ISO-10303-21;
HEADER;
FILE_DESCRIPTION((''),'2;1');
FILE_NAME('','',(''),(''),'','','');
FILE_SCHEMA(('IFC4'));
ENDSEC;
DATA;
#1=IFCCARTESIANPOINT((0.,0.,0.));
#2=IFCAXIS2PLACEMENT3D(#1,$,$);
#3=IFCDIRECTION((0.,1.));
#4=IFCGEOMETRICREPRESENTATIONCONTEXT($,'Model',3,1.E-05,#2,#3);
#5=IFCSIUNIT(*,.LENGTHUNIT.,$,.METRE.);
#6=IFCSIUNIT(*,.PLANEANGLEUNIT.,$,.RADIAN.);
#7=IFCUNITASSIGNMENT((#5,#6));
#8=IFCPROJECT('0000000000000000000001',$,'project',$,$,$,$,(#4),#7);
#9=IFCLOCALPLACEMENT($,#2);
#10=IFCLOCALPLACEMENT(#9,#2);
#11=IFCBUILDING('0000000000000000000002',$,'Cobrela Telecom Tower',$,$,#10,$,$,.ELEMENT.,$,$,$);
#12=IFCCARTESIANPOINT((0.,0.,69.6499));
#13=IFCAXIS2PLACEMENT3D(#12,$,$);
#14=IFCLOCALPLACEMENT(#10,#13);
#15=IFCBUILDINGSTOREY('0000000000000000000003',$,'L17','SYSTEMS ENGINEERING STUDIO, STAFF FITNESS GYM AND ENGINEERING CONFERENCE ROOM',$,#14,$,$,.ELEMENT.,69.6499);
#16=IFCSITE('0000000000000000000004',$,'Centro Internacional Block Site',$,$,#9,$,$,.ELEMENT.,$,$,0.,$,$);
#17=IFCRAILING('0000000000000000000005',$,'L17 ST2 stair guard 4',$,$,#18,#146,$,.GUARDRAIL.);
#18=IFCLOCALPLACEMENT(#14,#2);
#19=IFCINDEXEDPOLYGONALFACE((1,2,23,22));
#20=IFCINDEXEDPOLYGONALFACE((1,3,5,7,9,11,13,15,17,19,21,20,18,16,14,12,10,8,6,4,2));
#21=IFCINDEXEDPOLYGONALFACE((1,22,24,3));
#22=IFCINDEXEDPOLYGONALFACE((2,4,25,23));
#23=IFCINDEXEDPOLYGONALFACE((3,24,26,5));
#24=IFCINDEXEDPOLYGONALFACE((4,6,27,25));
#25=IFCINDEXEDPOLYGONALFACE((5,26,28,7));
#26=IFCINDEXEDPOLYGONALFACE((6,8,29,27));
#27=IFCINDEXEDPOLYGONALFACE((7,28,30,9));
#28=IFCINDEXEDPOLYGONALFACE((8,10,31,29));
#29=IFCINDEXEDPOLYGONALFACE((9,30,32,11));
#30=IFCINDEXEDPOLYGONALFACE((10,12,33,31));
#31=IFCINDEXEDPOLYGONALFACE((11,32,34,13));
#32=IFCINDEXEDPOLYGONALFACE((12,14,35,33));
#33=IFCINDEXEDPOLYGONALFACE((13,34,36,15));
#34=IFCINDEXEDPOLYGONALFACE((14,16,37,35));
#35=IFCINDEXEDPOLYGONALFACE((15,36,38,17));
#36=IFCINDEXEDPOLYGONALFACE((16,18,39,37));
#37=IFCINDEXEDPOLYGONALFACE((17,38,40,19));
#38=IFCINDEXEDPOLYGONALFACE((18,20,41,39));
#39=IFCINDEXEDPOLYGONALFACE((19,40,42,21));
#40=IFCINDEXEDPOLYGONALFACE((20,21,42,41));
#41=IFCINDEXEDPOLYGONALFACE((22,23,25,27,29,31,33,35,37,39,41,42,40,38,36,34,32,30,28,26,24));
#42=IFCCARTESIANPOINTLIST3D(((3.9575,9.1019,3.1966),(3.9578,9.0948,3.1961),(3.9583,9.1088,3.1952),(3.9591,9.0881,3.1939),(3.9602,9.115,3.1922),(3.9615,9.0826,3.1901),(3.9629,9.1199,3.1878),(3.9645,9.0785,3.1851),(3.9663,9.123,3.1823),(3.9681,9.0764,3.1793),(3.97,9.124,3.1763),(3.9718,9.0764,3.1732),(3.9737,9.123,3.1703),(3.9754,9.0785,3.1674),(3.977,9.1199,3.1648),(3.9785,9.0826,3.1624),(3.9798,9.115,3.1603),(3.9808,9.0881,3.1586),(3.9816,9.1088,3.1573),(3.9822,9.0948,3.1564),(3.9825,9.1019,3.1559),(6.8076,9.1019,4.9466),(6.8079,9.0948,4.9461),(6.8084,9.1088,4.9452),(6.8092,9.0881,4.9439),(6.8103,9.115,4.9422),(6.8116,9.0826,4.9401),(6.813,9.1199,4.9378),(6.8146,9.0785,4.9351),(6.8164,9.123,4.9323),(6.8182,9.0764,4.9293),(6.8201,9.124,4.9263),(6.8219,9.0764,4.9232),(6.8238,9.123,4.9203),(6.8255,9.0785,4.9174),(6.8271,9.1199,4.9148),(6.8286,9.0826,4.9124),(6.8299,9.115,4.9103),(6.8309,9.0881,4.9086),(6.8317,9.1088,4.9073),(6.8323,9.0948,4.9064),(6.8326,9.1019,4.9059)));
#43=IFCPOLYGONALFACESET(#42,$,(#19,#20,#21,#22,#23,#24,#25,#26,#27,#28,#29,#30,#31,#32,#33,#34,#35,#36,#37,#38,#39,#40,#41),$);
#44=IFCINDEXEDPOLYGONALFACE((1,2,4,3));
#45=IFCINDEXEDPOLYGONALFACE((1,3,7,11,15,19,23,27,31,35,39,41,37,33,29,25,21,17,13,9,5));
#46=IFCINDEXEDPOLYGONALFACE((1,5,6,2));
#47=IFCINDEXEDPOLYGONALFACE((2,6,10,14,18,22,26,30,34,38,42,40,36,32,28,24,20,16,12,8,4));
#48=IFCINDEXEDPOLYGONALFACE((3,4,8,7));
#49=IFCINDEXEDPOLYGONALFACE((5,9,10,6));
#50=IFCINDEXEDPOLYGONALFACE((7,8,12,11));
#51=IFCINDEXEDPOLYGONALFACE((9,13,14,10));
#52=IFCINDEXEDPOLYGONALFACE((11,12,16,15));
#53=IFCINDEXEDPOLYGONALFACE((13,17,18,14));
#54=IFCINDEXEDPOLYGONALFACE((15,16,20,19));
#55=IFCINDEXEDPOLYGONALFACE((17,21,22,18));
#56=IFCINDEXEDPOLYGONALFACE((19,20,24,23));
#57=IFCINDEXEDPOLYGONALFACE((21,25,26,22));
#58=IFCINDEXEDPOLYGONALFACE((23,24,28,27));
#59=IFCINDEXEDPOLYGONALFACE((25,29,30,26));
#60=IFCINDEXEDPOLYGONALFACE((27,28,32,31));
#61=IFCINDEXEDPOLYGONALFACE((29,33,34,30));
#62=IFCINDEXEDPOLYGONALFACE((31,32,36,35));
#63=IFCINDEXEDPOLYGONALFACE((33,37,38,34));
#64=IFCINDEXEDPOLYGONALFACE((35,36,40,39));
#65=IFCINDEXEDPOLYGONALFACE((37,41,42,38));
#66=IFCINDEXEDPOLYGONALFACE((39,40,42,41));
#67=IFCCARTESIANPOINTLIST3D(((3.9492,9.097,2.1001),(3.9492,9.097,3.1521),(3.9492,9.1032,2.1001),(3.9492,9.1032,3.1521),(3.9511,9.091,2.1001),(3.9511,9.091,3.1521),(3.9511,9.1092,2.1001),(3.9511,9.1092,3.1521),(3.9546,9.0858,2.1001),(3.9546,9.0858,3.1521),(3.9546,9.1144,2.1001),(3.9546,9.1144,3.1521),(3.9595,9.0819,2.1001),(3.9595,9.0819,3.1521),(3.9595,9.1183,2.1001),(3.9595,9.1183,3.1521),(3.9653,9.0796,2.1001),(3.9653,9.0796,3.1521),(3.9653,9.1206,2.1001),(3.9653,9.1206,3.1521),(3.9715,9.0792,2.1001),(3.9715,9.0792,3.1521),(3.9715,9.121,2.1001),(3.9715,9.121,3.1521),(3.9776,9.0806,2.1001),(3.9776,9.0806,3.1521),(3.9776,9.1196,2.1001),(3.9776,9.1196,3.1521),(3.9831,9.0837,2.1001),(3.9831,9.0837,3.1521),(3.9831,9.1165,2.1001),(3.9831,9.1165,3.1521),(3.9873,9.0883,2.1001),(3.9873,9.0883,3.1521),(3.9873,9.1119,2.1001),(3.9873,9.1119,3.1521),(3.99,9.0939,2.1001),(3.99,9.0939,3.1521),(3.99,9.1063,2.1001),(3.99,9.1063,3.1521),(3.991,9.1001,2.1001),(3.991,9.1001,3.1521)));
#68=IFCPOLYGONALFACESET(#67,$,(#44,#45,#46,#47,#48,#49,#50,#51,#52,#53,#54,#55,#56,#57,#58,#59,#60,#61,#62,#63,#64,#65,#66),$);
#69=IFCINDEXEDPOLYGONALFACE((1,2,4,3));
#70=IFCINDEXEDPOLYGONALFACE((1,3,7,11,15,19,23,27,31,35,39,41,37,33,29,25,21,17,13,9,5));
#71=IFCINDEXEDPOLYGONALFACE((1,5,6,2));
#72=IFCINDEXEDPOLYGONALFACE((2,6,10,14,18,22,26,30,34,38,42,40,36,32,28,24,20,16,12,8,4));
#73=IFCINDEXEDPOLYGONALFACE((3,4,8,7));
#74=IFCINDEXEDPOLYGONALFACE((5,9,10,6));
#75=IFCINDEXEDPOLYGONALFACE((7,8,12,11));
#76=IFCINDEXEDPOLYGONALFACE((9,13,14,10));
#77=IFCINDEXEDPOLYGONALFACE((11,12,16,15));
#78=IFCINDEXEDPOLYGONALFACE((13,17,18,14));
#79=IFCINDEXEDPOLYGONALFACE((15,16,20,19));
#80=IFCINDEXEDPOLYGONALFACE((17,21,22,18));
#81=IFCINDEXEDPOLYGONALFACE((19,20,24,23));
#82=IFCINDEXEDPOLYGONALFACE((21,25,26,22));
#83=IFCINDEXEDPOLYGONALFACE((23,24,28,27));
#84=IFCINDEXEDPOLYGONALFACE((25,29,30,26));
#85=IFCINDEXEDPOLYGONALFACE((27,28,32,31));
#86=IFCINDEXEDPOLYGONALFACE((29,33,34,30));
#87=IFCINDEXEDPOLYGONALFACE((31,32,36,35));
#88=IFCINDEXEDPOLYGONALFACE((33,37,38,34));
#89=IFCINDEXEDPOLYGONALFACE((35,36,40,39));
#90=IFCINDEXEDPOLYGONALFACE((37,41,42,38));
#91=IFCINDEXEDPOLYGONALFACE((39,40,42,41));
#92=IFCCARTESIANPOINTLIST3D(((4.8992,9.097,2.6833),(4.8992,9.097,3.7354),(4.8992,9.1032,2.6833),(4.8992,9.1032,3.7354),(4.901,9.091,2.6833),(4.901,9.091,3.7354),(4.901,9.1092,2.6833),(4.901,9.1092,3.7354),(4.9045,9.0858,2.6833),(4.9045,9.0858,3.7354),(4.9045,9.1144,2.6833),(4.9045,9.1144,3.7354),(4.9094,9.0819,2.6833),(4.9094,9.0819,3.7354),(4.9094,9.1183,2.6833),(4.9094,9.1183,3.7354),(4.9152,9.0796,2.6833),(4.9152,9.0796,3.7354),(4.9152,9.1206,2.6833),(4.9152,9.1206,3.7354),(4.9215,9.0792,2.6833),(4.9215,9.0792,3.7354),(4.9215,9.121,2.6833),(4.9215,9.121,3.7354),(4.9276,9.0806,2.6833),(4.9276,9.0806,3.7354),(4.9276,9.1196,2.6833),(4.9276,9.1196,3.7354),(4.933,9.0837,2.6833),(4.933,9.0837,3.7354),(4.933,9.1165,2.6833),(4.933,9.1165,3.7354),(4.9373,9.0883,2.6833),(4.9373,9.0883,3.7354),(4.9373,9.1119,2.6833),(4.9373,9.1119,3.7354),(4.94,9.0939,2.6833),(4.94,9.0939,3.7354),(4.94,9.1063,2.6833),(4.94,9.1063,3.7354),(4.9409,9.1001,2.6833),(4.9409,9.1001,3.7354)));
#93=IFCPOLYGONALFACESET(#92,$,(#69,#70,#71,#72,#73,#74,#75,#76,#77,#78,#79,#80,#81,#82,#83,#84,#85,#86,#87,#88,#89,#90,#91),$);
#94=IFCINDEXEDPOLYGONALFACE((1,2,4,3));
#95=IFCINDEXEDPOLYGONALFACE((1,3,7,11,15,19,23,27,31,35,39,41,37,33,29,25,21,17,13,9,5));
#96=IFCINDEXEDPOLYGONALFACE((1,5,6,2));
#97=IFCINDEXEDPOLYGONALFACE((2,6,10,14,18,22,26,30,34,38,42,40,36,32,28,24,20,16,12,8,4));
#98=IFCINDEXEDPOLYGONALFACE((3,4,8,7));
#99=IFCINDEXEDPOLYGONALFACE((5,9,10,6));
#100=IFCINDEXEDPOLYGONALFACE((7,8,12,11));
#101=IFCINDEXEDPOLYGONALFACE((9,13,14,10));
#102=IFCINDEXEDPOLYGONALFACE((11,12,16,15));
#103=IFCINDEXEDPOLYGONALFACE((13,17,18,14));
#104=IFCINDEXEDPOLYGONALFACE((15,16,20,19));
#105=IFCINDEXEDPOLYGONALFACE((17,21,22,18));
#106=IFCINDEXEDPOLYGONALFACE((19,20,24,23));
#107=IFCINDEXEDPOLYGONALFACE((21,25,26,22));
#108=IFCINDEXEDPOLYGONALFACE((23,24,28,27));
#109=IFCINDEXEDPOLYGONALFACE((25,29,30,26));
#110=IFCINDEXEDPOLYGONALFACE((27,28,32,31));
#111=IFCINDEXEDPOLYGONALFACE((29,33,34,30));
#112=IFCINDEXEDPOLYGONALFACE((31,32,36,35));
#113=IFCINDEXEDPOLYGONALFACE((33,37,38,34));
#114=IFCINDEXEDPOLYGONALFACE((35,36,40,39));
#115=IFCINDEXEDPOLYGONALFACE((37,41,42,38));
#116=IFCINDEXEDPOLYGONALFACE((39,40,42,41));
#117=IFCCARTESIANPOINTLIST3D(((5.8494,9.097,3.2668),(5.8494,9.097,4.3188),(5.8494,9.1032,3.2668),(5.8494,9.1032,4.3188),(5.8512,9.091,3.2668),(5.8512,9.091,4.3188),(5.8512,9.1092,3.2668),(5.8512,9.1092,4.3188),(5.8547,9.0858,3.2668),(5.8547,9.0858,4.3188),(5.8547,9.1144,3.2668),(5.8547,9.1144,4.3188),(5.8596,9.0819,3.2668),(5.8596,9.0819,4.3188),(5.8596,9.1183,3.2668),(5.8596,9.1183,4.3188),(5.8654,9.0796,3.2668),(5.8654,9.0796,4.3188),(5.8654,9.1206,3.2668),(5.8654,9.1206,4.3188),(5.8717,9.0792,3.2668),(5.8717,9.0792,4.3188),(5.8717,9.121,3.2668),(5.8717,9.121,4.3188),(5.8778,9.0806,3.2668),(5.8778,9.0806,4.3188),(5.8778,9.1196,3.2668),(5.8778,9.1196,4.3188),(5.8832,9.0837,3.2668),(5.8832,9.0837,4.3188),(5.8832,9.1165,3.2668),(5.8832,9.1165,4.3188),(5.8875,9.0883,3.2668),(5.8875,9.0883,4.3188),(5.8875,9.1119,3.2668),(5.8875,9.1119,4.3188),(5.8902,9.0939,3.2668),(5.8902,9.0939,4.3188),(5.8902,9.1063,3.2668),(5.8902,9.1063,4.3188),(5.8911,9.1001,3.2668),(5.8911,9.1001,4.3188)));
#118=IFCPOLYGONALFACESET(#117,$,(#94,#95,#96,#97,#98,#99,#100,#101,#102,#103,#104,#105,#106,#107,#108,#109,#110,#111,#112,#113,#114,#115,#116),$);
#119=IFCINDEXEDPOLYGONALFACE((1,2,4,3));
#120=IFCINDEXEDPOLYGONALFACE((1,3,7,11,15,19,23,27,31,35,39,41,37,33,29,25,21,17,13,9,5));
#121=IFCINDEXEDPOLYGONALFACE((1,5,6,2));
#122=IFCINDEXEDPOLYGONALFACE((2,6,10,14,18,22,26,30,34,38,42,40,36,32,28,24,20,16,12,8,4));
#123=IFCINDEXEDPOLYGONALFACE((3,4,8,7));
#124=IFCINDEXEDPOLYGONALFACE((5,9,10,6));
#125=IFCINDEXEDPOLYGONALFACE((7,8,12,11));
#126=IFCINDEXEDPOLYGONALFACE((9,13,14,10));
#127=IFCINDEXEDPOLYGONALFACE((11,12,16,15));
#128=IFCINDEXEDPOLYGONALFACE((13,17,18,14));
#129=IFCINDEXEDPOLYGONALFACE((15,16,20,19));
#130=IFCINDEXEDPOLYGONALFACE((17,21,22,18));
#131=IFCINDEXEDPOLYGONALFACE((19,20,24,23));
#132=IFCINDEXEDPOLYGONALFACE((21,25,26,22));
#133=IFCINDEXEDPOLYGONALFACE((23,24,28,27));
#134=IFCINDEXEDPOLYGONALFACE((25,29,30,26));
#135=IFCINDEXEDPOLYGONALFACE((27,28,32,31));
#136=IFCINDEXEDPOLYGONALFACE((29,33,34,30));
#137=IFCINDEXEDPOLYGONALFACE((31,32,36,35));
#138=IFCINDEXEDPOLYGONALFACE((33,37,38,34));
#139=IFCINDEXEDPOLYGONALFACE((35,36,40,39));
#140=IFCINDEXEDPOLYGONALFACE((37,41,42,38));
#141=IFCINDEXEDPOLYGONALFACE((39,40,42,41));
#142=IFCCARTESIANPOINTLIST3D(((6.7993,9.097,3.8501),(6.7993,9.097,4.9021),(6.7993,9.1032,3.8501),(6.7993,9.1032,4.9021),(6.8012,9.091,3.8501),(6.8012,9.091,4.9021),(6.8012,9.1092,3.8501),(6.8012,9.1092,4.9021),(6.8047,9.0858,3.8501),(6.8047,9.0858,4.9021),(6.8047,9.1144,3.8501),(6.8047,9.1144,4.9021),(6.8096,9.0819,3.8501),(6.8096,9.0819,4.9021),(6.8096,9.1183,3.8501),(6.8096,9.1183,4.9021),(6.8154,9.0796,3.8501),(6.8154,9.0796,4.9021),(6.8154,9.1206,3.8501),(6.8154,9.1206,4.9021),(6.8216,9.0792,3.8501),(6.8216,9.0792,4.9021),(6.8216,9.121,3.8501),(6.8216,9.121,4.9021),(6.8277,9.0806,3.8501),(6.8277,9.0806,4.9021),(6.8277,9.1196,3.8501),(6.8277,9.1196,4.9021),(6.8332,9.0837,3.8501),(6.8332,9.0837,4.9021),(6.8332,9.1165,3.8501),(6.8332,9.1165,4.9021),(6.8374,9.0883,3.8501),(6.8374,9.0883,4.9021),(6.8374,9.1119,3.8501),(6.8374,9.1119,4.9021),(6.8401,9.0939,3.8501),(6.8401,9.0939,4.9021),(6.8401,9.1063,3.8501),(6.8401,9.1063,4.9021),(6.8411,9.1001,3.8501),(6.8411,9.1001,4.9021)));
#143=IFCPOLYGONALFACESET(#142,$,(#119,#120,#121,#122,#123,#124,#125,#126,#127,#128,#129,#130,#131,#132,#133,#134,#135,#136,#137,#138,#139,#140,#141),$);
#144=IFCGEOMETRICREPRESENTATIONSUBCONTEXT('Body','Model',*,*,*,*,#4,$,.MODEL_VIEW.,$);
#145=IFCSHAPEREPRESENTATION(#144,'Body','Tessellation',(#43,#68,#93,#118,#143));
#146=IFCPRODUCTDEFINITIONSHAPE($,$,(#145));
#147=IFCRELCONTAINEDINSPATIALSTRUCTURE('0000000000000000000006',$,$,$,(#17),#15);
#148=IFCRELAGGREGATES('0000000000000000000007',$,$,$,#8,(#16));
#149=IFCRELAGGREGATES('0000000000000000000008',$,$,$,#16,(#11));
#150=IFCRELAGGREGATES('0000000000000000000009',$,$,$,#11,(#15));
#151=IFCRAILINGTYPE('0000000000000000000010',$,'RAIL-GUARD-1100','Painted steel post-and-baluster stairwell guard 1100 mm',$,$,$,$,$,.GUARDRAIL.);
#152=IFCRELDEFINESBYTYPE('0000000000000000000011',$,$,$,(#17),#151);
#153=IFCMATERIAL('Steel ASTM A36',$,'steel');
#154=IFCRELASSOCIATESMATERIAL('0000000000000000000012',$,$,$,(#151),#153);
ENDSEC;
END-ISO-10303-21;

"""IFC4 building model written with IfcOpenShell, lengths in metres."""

from ifc_helpers import new_model, si_unit, direction, frame, origin, origin_2d, place, context, subcontext, project, spatial, circle, extrude, material, type_object, element, save


model = new_model("IFC4")

# Units and contexts
model_context = context("Model", 3, precision=1e-05, world=origin(), true_north=direction((0.0, 1.0)))
body_context = subcontext(model_context, "Body", "Model", "MODEL_VIEW")
ifc_project = project(units=[si_unit("LENGTHUNIT", "METRE"), si_unit("PLANEANGLEUNIT", "RADIAN")], contexts=[model_context])

# Site, building, storey
site_placement = place(None, origin())
site = spatial("IfcSite", under=ifc_project, at=site_placement, Name="Centro Internacional Block Site", CompositionType="ELEMENT", RefElevation=0.0)
building_placement = place(site_placement, origin())
building = spatial("IfcBuilding", under=site, at=building_placement, Name="Cobrela Telecom Tower", CompositionType="ELEMENT")
storey_placement = place(building_placement, frame((0.0, 0.0, 69.6499)))
storey = spatial("IfcBuildingStorey", under=building, at=storey_placement, Name="L17", Description="SYSTEMS ENGINEERING STUDIO, STAFF FITNESS GYM AND ENGINEERING CONFERENCE ROOM", CompositionType="ELEMENT", Elevation=69.6499)

# Railing
ifc_material_1 = material(Name="Steel ASTM A36", Category="steel")
railing_type_1 = type_object("IfcRailingType", Name="RAIL-GUARD-1100", Description="Painted steel post-and-baluster stairwell guard 1100 mm", PredefinedType="GUARDRAIL", material=ifc_material_1)
railing_1_placement = place(storey_placement, frame((3.97, 9.1001, 2.1001)))
element("IfcRailing", 1, at=railing_1_placement, inside=storey, type_object=railing_type_1, Name="L17 ST2 stair guard 4", PredefinedType="GUARDRAIL", context=body_context, shape_type="SweptSolid", body=[
    extrude(circle(Radius=0.0239, at=origin_2d()), frame((0.0, 0.0, 1.0762), z_axis=(0.852179, 0.0, 0.52325), x_axis=(0.0, 1.0, 0.0)), (0.0, 0.0, 1.0), 3.3445),
    extrude(circle(Radius=0.021, at=origin_2d()), origin(), (0.0, 0.0, 1.0), 1.052),
    extrude(circle(Radius=0.021, at=origin_2d()), frame((0.95, 0.0, 0.5833)), (0.0, 0.0, 1.0), 1.052),
    extrude(circle(Radius=0.021, at=origin_2d()), frame((1.9001, 0.0, 1.1667)), (0.0, 0.0, 1.0), 1.052),
    extrude(circle(Radius=0.021, at=origin_2d()), frame((2.8501, 0.0, 1.75)), (0.0, 0.0, 1.0), 1.052),
])

save(model, "model.ifc")
